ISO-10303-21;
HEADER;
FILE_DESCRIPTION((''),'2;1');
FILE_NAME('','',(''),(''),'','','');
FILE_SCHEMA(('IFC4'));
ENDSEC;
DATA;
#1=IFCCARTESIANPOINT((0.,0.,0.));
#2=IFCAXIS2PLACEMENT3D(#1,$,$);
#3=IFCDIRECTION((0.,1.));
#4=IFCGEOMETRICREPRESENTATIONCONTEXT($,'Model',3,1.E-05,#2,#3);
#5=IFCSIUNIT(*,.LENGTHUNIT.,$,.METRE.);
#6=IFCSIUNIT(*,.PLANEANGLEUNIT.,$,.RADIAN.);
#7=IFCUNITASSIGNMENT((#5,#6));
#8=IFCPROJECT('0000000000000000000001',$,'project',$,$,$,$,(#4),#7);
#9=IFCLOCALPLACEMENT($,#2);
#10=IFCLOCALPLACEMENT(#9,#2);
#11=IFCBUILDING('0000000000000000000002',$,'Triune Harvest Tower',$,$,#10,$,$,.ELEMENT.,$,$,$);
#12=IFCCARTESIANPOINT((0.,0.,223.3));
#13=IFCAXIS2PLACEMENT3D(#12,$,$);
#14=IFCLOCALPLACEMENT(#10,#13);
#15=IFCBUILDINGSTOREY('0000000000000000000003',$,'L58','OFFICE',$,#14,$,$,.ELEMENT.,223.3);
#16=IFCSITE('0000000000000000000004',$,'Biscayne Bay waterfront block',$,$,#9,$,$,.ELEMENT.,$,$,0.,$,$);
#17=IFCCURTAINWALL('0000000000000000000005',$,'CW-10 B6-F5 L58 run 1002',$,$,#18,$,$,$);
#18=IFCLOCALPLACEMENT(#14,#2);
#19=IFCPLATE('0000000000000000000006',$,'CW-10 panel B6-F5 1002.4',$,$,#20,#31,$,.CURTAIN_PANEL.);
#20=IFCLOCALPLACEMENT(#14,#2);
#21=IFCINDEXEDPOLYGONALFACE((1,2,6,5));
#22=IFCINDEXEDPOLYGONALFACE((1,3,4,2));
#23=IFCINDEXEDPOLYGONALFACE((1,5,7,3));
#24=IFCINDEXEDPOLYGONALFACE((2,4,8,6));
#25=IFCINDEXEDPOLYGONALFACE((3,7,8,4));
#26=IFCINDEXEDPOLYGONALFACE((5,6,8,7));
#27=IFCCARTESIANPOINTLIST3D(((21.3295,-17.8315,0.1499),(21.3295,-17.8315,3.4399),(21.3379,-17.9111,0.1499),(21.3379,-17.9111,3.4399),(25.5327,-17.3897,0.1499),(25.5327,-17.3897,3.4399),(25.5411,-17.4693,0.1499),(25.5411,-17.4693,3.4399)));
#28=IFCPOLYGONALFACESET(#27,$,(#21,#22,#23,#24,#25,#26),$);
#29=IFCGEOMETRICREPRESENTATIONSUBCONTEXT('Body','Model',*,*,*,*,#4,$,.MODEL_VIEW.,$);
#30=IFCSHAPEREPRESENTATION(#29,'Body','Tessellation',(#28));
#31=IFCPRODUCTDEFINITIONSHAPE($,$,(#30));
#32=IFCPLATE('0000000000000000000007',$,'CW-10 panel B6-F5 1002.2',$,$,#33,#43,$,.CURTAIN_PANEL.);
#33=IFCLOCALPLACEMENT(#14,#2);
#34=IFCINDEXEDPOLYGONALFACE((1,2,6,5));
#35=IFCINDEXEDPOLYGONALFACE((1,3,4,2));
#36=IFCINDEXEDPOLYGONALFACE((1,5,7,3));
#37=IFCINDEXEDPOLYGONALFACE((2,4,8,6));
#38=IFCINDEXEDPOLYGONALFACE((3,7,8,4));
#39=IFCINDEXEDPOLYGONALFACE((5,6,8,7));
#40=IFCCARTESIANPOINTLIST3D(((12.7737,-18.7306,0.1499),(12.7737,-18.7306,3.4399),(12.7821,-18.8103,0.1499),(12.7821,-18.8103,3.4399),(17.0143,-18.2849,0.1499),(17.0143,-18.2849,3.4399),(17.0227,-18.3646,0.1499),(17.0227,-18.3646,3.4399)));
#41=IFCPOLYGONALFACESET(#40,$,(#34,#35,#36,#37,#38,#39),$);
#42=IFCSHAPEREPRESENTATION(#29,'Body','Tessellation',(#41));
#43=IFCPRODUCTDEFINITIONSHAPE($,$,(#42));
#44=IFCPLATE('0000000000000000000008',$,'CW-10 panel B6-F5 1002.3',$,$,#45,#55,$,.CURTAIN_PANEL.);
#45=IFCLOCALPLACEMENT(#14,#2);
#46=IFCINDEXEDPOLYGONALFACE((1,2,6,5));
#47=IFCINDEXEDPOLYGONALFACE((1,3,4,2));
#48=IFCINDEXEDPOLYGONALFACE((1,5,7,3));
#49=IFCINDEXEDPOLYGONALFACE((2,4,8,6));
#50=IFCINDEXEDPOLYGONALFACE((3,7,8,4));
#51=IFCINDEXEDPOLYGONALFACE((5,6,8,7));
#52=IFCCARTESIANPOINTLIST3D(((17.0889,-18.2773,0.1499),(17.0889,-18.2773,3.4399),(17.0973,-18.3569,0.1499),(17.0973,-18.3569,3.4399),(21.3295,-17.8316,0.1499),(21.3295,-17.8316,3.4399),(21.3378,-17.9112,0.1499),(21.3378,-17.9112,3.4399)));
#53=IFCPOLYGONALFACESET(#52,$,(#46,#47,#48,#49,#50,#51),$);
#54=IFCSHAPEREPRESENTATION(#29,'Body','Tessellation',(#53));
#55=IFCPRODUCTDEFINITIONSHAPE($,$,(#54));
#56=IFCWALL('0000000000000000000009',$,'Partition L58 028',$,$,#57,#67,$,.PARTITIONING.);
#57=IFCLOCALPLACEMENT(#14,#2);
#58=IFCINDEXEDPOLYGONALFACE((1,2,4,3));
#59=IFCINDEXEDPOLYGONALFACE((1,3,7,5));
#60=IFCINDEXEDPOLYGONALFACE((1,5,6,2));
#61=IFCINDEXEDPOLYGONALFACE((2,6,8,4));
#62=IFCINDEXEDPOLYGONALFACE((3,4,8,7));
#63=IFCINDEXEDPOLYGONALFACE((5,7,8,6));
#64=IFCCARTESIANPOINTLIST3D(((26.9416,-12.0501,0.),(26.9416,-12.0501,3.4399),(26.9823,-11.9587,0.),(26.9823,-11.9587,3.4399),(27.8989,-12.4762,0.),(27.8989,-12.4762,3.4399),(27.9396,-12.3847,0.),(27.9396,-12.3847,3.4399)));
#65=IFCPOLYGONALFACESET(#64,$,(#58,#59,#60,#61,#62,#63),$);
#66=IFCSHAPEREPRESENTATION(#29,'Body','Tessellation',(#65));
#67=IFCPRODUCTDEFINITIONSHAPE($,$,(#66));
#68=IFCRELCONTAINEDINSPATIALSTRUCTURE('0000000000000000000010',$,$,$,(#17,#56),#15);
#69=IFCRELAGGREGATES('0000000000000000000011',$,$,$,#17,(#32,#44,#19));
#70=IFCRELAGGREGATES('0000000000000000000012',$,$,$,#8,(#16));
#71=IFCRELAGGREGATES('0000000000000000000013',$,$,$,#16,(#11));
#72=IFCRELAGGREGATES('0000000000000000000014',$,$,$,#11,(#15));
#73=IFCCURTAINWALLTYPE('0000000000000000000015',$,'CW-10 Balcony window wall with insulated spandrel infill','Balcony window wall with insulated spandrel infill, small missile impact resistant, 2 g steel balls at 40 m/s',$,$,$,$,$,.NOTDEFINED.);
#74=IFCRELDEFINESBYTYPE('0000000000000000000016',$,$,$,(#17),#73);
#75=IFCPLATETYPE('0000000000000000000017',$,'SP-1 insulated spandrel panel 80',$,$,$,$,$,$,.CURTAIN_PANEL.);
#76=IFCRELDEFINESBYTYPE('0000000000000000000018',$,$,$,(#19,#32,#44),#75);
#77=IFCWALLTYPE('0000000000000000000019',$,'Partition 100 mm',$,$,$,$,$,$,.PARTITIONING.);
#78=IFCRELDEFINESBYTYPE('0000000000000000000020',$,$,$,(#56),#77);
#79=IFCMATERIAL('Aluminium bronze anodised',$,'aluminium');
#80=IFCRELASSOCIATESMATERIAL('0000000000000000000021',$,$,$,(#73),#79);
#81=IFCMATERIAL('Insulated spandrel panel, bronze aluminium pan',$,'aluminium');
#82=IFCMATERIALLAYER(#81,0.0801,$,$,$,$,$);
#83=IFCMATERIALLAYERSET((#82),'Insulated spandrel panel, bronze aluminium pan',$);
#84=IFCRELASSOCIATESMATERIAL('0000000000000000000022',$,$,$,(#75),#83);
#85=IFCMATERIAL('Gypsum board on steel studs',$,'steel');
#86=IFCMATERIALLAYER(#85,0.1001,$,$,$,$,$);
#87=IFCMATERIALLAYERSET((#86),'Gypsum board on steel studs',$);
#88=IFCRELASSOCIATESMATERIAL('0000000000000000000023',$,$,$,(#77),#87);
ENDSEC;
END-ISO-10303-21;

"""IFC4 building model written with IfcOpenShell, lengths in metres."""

from ifc_helpers import new_model, si_unit, direction, frame, frame_2d, origin, origin_2d, place, context, subcontext, project, spatial, rectangle, extrude, source, transform, mapped, material, layer, layer_set, type_object, element, aggregate, save


model = new_model("IFC4")

# Units and contexts
model_context = context("Model", 3, precision=1e-05, world=origin(), true_north=direction((0.0, 1.0)))
body_context = subcontext(model_context, "Body", "Model", "MODEL_VIEW")
ifc_project = project(units=[si_unit("LENGTHUNIT", "METRE"), si_unit("PLANEANGLEUNIT", "RADIAN")], contexts=[model_context])

# Site, building, storey
site_placement = place(None, origin())
site = spatial("IfcSite", under=ifc_project, at=site_placement, Name="Biscayne Bay waterfront block", CompositionType="ELEMENT", RefElevation=0.0)
building_placement = place(site_placement, origin())
building = spatial("IfcBuilding", under=site, at=building_placement, Name="Triune Harvest Tower", CompositionType="ELEMENT")
storey_placement = place(building_placement, frame((0.0, 0.0, 223.3)))
storey = spatial("IfcBuildingStorey", under=building, at=storey_placement, Name="L58", Description="OFFICE", CompositionType="ELEMENT", Elevation=223.3)

# Curtain wall
ifc_material_1 = material(Name="Aluminium bronze anodised", Category="aluminium")
curtain_wall_type_1 = type_object("IfcCurtainWallType", Name="CW-10 Balcony window wall with insulated spandrel infill", Description="Balcony window wall with insulated spandrel infill, small missile impact resistant, 2 g steel balls at 40 m/s", PredefinedType="NOTDEFINED", material=ifc_material_1)
curtain_wall_1_placement = place(storey_placement, origin())
curtain_wall_1 = element("IfcCurtainWall", 1, at=curtain_wall_1_placement, inside=storey, type_object=curtain_wall_type_1, Name="CW-10 B6-F5 L58 run 1002")

# Plates
ifc_material_2 = material(Name="Insulated spandrel panel, bronze aluminium pan", Category="aluminium")
ifc_layer_1 = layer(ifc_material_2, 0.0801)
ifc_layer_set_1 = layer_set([ifc_layer_1], Name="Insulated spandrel panel, bronze aluminium pan")
plate_type_1 = type_object("IfcPlateType", Name="SP-1 insulated spandrel panel 80", PredefinedType="CURTAIN_PANEL", material=ifc_layer_set_1)
shared_shape_1 = source(origin(), body_context, "Body", "SweptSolid", [
    extrude(rectangle(XDim=4.2263, YDim=0.0801, at=origin_2d()), origin(), (0.0, 0.0, 1.0), 3.29),
])
plate_1_placement = place(storey_placement, frame((23.4353, -17.6504, 0.1499), z_axis=(0.0, 0.0, 1.0), x_axis=(0.994522, 0.10453, 0.0)))
plate_1 = element("IfcPlate", 2, at=plate_1_placement, type_object=plate_type_1, Name="CW-10 panel B6-F5 1002.4", PredefinedType="CURTAIN_PANEL", context=body_context, shape_type="MappedRepresentation", body=[
    mapped(shared_shape_1, transform((0.0, 0.0, 0.0), scale=1.0)),
])
shared_shape_2 = source(origin(), body_context, "Body", "SweptSolid", [
    extrude(rectangle(XDim=4.2639, YDim=0.0801, at=origin_2d()), origin(), (0.0, 0.0, 1.0), 3.29),
])
plate_2_placement = place(storey_placement, frame((14.8982, -18.5476, 0.1499), z_axis=(0.0, 0.0, 1.0), x_axis=(0.994522, 0.10453, 0.0)))
plate_2 = element("IfcPlate", 3, at=plate_2_placement, type_object=plate_type_1, Name="CW-10 panel B6-F5 1002.2", PredefinedType="CURTAIN_PANEL", context=body_context, shape_type="MappedRepresentation", body=[
    mapped(shared_shape_2, transform((0.0, 0.0, 0.0), scale=1.0)),
])
plate_3_placement = place(storey_placement, frame((19.2134, -18.0942, 0.1499), z_axis=(0.0, 0.0, 1.0), x_axis=(0.994522, 0.10453, 0.0)))
plate_3 = element("IfcPlate", 4, at=plate_3_placement, type_object=plate_type_1, Name="CW-10 panel B6-F5 1002.3", PredefinedType="CURTAIN_PANEL", context=body_context, shape_type="MappedRepresentation", body=[
    mapped(shared_shape_2, transform((0.0, 0.0, 0.0), scale=1.0)),
])
aggregate(curtain_wall_1, [plate_2, plate_3, plate_1])

# Wall
ifc_material_3 = material(Name="Gypsum board on steel studs", Category="steel")
ifc_layer_2 = layer(ifc_material_3, 0.1001)
ifc_layer_set_2 = layer_set([ifc_layer_2], Name="Gypsum board on steel studs")
wall_type = type_object("IfcWallType", Name="Partition 100 mm", PredefinedType="PARTITIONING", material=ifc_layer_set_2)
shared_shape_3 = source(origin(), body_context, "Body", "SweptSolid", [
    extrude(rectangle(XDim=1.0479, YDim=0.1001, at=frame_2d((0.5239, 0.0))), origin(), (0.0, 0.0, 1.0), 3.4399),
])
wall_placement = place(storey_placement, frame((26.9619, -12.0044, 0.0), z_axis=(0.0, 0.0, 1.0), x_axis=(0.91361, -0.406592, 0.0)))
element("IfcWall", 5, at=wall_placement, inside=storey, type_object=wall_type, Name="Partition L58 028", PredefinedType="PARTITIONING", context=body_context, shape_type="MappedRepresentation", body=[
    mapped(shared_shape_3, transform((0.0, 0.0, 0.0), scale=1.0)),
])

save(model, "model.ifc")
